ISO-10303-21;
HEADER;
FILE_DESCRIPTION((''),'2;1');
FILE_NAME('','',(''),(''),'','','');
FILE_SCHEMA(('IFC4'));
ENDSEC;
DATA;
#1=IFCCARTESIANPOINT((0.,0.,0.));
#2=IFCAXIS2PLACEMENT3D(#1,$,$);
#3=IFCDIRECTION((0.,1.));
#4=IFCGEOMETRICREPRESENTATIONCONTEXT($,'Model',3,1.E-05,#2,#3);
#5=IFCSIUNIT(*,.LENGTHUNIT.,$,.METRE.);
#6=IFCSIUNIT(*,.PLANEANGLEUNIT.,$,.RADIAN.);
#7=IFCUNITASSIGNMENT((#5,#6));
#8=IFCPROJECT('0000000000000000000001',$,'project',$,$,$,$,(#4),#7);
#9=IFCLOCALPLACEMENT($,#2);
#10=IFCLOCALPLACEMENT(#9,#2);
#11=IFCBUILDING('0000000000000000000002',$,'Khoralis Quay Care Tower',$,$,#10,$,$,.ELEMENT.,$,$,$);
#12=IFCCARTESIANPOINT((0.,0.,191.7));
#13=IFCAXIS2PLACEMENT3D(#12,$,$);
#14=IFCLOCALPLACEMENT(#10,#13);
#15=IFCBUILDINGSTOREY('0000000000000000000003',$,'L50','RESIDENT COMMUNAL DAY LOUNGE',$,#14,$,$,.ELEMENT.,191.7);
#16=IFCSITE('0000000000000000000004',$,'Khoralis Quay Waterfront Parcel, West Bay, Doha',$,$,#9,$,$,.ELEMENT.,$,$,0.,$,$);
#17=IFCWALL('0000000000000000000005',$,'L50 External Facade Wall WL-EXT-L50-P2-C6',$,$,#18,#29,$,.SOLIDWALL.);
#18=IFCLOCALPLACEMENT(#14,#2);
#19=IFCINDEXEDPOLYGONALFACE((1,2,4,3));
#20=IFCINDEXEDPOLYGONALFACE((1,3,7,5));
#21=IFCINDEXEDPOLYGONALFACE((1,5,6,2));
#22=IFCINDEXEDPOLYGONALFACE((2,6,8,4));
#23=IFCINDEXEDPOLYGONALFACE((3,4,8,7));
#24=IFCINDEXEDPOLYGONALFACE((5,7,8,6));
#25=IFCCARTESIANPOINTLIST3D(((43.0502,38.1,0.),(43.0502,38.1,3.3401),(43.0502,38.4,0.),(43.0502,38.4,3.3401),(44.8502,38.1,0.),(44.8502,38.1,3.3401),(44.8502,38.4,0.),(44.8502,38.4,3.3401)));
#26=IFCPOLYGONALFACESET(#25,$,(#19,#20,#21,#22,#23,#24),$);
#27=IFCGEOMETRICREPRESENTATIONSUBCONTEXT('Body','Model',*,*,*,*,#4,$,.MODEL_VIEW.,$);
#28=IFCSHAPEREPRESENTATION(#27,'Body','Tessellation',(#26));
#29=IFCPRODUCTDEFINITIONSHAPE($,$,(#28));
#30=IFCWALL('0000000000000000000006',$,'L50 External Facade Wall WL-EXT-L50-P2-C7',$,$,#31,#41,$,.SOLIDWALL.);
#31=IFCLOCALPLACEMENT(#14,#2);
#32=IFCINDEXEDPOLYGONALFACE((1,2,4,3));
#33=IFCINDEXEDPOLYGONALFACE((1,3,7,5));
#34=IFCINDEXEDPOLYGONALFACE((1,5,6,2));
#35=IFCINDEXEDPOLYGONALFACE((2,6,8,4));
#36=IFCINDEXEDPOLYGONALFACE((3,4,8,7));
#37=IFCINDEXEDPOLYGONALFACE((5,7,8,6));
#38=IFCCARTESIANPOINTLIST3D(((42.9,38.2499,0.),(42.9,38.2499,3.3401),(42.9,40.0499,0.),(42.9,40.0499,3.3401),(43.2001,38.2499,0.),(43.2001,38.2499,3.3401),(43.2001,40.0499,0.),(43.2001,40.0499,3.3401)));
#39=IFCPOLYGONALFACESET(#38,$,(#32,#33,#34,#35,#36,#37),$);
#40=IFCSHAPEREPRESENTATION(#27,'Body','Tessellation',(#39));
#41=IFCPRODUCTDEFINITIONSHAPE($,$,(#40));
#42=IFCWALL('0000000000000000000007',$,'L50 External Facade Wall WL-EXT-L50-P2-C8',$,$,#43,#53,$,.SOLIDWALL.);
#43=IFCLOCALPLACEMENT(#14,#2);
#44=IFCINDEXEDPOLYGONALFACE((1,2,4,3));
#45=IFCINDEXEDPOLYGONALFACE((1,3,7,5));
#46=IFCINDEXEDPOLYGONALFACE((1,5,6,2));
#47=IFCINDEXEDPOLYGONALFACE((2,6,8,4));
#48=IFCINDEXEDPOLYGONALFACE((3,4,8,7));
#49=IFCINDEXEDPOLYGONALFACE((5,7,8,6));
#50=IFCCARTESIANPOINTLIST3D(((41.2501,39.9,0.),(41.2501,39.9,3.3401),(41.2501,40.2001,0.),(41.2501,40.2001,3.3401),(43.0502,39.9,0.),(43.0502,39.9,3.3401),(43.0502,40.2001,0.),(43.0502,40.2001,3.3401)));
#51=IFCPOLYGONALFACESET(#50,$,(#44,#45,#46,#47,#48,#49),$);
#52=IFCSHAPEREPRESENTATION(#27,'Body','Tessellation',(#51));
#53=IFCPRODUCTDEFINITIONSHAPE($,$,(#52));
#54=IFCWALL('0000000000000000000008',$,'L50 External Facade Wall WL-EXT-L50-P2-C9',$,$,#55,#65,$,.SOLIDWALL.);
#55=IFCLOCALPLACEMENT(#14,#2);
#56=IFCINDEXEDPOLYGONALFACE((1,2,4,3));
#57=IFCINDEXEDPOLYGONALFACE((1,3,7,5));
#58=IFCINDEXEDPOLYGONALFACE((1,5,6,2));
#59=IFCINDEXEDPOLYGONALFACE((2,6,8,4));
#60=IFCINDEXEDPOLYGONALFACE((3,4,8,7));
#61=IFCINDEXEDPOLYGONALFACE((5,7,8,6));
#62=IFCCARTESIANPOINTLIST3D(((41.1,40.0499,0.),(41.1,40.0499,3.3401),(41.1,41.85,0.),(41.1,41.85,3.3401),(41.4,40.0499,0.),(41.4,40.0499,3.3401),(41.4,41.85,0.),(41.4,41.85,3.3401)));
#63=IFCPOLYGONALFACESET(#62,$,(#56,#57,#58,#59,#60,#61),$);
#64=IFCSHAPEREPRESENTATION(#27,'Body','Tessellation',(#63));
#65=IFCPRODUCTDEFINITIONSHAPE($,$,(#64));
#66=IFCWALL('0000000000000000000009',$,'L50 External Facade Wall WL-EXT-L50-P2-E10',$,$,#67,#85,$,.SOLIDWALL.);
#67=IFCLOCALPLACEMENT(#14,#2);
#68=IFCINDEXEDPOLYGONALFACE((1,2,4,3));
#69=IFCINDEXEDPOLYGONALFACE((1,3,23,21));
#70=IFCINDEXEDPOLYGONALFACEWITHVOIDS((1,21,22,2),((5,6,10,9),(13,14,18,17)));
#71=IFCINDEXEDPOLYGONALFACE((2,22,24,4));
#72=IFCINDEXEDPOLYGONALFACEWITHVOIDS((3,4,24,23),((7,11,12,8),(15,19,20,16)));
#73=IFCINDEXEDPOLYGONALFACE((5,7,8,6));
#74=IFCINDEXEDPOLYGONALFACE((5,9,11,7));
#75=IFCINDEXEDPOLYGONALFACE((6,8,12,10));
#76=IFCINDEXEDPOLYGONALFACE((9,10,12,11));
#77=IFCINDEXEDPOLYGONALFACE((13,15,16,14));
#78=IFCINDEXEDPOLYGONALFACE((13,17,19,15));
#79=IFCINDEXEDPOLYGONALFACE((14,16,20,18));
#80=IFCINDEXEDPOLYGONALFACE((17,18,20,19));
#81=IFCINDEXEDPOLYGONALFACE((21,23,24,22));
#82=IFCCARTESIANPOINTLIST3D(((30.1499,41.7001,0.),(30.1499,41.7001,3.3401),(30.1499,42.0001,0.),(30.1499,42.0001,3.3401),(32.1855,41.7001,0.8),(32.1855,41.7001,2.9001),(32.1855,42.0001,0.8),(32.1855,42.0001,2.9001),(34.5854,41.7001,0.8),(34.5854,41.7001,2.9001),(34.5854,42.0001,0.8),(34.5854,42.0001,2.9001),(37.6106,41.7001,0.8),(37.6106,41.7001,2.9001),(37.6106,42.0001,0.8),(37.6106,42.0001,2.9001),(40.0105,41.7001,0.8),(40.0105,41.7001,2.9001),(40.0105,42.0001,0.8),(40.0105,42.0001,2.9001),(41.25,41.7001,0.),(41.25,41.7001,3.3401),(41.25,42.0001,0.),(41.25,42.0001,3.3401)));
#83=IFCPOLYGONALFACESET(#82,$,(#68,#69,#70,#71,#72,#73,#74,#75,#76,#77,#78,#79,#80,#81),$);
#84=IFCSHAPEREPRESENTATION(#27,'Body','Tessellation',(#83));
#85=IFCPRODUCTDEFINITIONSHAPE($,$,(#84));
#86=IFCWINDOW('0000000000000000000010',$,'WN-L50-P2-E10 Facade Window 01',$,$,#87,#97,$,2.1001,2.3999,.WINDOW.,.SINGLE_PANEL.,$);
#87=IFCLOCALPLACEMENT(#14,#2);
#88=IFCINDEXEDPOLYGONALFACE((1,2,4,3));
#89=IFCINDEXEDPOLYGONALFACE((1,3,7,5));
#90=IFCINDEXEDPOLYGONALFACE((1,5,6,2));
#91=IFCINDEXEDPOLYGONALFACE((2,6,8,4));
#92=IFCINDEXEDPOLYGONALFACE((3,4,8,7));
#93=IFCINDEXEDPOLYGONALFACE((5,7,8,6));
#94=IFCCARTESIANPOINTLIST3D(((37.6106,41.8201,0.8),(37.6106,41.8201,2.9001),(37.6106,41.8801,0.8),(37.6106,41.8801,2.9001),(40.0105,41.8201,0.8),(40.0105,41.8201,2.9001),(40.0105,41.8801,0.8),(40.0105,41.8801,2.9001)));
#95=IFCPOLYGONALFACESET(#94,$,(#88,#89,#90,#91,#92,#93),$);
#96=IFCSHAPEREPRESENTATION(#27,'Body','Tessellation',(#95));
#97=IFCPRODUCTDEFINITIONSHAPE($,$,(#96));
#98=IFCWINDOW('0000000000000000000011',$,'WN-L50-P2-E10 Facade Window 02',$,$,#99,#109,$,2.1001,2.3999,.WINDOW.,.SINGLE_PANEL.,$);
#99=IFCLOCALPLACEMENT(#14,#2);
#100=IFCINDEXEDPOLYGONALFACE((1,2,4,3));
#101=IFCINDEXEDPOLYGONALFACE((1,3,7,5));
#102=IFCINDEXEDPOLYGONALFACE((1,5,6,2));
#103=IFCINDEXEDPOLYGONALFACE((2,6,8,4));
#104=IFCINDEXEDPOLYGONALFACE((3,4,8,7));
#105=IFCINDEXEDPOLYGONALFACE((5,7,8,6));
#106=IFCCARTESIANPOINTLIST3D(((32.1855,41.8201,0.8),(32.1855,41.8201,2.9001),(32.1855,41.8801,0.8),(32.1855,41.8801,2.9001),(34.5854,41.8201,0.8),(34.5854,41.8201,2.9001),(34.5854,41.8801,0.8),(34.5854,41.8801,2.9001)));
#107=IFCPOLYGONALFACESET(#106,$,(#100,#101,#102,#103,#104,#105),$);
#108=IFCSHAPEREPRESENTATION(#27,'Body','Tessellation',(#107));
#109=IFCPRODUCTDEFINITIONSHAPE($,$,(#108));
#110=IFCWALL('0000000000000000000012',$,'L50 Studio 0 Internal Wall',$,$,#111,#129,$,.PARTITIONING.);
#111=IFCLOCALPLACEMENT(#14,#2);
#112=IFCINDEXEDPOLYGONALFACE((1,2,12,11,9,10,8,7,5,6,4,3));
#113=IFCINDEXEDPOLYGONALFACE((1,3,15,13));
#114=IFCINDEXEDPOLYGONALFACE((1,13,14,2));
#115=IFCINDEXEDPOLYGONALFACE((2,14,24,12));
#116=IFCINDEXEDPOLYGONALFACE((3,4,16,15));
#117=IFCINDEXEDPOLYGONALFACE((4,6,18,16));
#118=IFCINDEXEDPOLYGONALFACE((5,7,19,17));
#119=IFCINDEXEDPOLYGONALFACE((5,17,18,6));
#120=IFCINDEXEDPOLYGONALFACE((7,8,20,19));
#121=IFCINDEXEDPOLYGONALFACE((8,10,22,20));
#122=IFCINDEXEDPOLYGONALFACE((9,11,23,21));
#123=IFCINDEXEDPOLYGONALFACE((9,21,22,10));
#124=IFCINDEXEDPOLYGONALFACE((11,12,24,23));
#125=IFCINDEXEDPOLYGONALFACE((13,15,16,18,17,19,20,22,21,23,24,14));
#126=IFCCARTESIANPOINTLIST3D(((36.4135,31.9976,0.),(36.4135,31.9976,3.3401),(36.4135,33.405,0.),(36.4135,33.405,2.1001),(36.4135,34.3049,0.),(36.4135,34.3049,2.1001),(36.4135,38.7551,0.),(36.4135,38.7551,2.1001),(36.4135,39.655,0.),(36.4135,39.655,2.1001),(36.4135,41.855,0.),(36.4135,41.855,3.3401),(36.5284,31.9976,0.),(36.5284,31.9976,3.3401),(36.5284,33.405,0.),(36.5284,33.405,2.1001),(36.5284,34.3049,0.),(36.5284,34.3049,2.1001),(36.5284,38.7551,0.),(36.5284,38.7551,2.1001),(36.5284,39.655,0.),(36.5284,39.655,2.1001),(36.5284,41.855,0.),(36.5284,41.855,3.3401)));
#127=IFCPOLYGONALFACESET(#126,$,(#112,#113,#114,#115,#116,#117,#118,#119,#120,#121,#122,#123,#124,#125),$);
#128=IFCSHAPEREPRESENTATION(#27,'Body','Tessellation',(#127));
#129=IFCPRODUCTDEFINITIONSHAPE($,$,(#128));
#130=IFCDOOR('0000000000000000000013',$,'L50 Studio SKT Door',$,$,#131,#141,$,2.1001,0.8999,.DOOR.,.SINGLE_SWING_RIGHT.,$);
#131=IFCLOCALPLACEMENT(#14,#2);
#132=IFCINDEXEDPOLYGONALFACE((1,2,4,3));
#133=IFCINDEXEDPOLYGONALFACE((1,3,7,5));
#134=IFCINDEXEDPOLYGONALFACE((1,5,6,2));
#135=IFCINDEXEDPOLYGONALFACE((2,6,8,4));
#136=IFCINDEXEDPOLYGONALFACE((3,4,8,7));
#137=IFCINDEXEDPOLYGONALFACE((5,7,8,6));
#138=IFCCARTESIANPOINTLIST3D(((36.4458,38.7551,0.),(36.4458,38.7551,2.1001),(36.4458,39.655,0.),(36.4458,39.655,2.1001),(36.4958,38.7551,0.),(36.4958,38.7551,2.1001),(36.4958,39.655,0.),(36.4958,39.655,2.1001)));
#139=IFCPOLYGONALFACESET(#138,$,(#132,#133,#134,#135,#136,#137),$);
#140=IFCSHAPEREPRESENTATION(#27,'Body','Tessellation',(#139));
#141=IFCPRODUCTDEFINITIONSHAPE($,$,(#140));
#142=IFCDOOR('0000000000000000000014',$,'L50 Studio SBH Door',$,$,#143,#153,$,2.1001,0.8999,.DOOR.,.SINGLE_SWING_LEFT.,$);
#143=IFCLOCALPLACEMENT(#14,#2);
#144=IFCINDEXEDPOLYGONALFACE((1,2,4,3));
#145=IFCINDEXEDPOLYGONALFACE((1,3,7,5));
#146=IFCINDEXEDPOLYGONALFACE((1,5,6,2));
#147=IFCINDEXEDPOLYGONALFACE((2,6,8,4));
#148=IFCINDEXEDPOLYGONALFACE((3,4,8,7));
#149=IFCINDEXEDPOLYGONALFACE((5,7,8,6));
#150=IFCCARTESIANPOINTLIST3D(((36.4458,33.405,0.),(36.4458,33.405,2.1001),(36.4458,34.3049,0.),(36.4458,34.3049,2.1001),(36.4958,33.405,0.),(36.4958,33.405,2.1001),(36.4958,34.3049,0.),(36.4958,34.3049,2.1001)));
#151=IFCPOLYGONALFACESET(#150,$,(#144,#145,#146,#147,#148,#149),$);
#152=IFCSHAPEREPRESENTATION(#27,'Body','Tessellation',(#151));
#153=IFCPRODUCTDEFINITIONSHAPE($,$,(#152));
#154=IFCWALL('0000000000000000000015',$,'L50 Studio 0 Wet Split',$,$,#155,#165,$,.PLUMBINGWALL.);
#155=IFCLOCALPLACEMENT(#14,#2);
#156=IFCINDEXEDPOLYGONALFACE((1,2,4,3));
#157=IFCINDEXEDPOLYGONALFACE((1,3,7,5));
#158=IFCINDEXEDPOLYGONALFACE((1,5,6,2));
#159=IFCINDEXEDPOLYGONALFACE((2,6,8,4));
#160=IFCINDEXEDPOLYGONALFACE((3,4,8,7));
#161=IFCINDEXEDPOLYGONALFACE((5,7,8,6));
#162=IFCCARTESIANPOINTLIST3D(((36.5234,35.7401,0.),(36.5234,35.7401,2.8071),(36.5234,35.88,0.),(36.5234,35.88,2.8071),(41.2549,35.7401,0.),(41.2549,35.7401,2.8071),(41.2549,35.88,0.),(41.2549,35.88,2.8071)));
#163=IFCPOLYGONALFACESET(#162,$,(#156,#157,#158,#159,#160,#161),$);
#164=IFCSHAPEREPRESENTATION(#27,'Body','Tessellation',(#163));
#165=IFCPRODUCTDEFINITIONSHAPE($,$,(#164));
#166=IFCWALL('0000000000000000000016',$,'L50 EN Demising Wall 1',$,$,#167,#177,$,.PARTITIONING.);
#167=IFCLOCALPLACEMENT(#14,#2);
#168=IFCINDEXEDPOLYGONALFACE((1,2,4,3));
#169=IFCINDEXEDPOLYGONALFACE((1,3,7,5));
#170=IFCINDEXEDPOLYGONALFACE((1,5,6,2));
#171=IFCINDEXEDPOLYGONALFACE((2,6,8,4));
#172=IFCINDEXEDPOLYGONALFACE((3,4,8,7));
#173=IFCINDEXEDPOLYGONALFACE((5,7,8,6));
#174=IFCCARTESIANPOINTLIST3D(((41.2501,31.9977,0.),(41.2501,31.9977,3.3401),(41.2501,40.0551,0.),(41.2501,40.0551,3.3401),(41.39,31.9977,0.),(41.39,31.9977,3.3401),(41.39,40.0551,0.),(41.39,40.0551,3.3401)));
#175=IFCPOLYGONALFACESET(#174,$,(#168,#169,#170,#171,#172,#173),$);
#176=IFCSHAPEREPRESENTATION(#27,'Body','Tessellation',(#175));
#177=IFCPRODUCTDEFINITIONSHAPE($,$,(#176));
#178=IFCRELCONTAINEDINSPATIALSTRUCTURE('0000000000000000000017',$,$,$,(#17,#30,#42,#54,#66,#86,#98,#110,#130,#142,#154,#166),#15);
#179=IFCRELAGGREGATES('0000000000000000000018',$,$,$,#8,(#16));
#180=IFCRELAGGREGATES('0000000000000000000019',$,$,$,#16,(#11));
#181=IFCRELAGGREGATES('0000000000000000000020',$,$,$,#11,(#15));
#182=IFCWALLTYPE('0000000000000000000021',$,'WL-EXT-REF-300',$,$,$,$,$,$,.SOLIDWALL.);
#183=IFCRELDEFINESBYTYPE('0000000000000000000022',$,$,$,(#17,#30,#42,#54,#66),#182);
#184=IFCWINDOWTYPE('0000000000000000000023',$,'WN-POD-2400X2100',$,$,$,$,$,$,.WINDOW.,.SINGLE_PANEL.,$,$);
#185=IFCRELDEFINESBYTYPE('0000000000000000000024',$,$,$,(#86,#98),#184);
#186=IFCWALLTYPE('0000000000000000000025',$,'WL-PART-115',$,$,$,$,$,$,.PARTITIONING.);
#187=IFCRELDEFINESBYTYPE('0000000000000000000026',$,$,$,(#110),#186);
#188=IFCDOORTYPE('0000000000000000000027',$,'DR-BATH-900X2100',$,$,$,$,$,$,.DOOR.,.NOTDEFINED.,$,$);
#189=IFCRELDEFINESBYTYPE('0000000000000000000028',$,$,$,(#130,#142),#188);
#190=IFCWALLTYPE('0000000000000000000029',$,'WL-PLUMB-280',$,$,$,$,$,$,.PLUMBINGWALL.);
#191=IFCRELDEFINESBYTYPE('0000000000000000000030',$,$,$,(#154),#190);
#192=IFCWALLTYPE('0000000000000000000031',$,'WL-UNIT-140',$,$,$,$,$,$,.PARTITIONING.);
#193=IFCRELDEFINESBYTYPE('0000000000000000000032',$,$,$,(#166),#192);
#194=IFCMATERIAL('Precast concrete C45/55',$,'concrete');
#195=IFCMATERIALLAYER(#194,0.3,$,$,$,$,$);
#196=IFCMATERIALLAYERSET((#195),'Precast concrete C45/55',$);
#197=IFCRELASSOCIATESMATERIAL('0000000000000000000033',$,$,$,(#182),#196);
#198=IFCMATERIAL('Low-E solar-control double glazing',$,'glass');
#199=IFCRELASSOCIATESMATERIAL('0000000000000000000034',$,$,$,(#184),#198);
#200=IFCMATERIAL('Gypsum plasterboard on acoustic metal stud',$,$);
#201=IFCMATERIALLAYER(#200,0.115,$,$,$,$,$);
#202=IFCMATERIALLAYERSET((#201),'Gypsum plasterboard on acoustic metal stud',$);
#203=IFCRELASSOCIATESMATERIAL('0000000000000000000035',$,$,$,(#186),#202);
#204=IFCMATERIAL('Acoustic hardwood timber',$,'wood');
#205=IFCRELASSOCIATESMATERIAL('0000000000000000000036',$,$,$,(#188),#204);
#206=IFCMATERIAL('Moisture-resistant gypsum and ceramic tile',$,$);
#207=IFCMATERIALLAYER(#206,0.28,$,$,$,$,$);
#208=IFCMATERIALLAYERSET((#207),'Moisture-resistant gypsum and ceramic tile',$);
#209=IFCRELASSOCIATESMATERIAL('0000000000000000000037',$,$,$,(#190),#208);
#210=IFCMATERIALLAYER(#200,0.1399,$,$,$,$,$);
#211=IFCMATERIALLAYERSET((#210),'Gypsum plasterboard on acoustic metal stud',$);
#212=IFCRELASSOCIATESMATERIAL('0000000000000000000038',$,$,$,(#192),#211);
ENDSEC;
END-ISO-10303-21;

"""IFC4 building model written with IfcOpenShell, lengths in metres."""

from ifc_helpers import new_model, si_unit, direction, frame, frame_2d, origin, place, context, subcontext, project, spatial, rectangle, extrude, source, transform, mapped, material, layer, layer_set, type_object, element, fill, save


model = new_model("IFC4")

# Units and contexts
model_context = context("Model", 3, precision=1e-05, world=origin(), true_north=direction((0.0, 1.0)))
body_context = subcontext(model_context, "Body", "Model", "MODEL_VIEW")
ifc_project = project(units=[si_unit("LENGTHUNIT", "METRE"), si_unit("PLANEANGLEUNIT", "RADIAN")], contexts=[model_context])

# Site, building, storey
site_placement = place(None, origin())
site = spatial("IfcSite", under=ifc_project, at=site_placement, Name="Khoralis Quay Waterfront Parcel, West Bay, Doha", CompositionType="ELEMENT", RefElevation=0.0)
building_placement = place(site_placement, origin())
building = spatial("IfcBuilding", under=site, at=building_placement, Name="Khoralis Quay Care Tower", CompositionType="ELEMENT")
storey_placement = place(building_placement, frame((0.0, 0.0, 191.7)))
storey = spatial("IfcBuildingStorey", under=building, at=storey_placement, Name="L50", Description="RESIDENT COMMUNAL DAY LOUNGE", CompositionType="ELEMENT", Elevation=191.7)

# Shared definitions
ifc_material_1 = material(Name="Gypsum plasterboard on acoustic metal stud")

# Walls
ifc_material_2 = material(Name="Precast concrete C45/55", Category="concrete")
ifc_layer_1 = layer(ifc_material_2, 0.3)
ifc_layer_set_1 = layer_set([ifc_layer_1], Name="Precast concrete C45/55")
wall_type_1 = type_object("IfcWallType", Name="WL-EXT-REF-300", PredefinedType="SOLIDWALL", material=ifc_layer_set_1)
for number, where, z_axis, x_axis, name in (
    (1, (44.8501, 38.25, 0.0), (0.0, 0.0, 1.0), (-1.0, 0.0, 0.0), "L50 External Facade Wall WL-EXT-L50-P2-C6"),
    (2, (43.05, 38.25, 0.0), (0.0, 0.0, 1.0), (0.0, 1.0, 0.0), "L50 External Facade Wall WL-EXT-L50-P2-C7"),
    (3, (43.05, 40.05, 0.0), (0.0, 0.0, 1.0), (-1.0, 0.0, 0.0), "L50 External Facade Wall WL-EXT-L50-P2-C8"),
    (4, (41.25, 40.05, 0.0), (0.0, 0.0, 1.0), (0.0, 1.0, 0.0), "L50 External Facade Wall WL-EXT-L50-P2-C9"),
):
    element("IfcWall", number, at=place(storey_placement, frame(where, z_axis=z_axis, x_axis=x_axis)), inside=storey, type_object=wall_type_1, Name=name, PredefinedType="SOLIDWALL", context=body_context, shape_type="SweptSolid", body=[
        extrude(rectangle(XDim=1.8, YDim=0.3, at=frame_2d((0.8999, 0.0))), origin(), (0.0, 0.0, 1.0), 3.3401),
    ])

# Wall, openings, windows
wall_1_placement = place(storey_placement, frame((41.25, 41.8501, 0.0), z_axis=(0.0, 0.0, 1.0), x_axis=(-1.0, 0.0, 0.0)))
wall_1 = element("IfcWall", 5, at=wall_1_placement, inside=storey, type_object=wall_type_1, Name="L50 External Facade Wall WL-EXT-L50-P2-E10", PredefinedType="SOLIDWALL", context=body_context, shape_type="SweptSolid", body=[
    extrude(rectangle(XDim=11.1001, YDim=0.3, at=frame_2d((5.55, 0.0))), origin(), (0.0, 0.0, 1.0), 3.3401),
])
opening_1_placement = place(wall_1_placement, frame((1.2395, 0.0, 0.8)))
opening_1 = element("IfcOpeningElement", 6, at=opening_1_placement, cuts=wall_1, PredefinedType="OPENING", context=body_context, shape_type="SweptSolid", body=[
    extrude(rectangle(XDim=2.3999, YDim=2.1001, at=frame_2d((1.2, 1.05))), frame((0.0, 0.1602, 0.0), z_axis=(0.0, -1.0, 0.0), x_axis=(1.0, 0.0, 0.0)), (0.0, 0.0, 1.0), 0.3201),
])
opening_2_placement = place(wall_1_placement, frame((6.6646, 0.0, 0.8)))
opening_2 = element("IfcOpeningElement", 7, at=opening_2_placement, cuts=wall_1, PredefinedType="OPENING", context=body_context, shape_type="SweptSolid", body=[
    extrude(rectangle(XDim=2.3999, YDim=2.1001, at=frame_2d((1.2, 1.05))), frame((0.0, 0.1602, 0.0), z_axis=(0.0, -1.0, 0.0), x_axis=(1.0, 0.0, 0.0)), (0.0, 0.0, 1.0), 0.3201),
])
ifc_material_3 = material(Name="Low-E solar-control double glazing", Category="glass")
window_type = type_object("IfcWindowType", Name="WN-POD-2400X2100", PartitioningType="SINGLE_PANEL", PredefinedType="WINDOW", material=ifc_material_3)
shared_shape_1 = source(origin(), body_context, "Body", "SweptSolid", [
    extrude(rectangle(XDim=2.3999, YDim=2.1001, at=frame_2d((1.2, 1.05))), frame((0.0, 0.03, 0.0), z_axis=(0.0, -1.0, 0.0), x_axis=(1.0, 0.0, 0.0)), (0.0, 0.0, 1.0), 0.0601),
])
window_1_placement = place(opening_1_placement, origin())
window_1 = element("IfcWindow", 8, at=window_1_placement, inside=storey, type_object=window_type, Name="WN-L50-P2-E10 Facade Window 01", OverallHeight=2.1001, OverallWidth=2.3999, PartitioningType="SINGLE_PANEL", PredefinedType="WINDOW", context=body_context, shape_type="MappedRepresentation", body=[
    mapped(shared_shape_1, transform((0.0, 0.0, 0.0), scale=1.0)),
])
fill(opening_1, window_1)
window_2_placement = place(opening_2_placement, origin())
window_2 = element("IfcWindow", 9, at=window_2_placement, inside=storey, type_object=window_type, Name="WN-L50-P2-E10 Facade Window 02", OverallHeight=2.1001, OverallWidth=2.3999, PartitioningType="SINGLE_PANEL", PredefinedType="WINDOW", context=body_context, shape_type="MappedRepresentation", body=[
    mapped(shared_shape_1, transform((0.0, 0.0, 0.0), scale=1.0)),
])
fill(opening_2, window_2)

# Wall, openings, doors
ifc_layer_2 = layer(ifc_material_1, 0.115)
ifc_layer_set_2 = layer_set([ifc_layer_2], Name="Gypsum plasterboard on acoustic metal stud")
wall_type_2 = type_object("IfcWallType", Name="WL-PART-115", PredefinedType="PARTITIONING", material=ifc_layer_set_2)
wall_2_placement = place(storey_placement, frame((36.4709, 31.9976, 0.0), z_axis=(0.0, 0.0, 1.0), x_axis=(0.0, 1.0, 0.0)))
wall_2 = element("IfcWall", 10, at=wall_2_placement, inside=storey, type_object=wall_type_2, Name="L50 Studio 0 Internal Wall", PredefinedType="PARTITIONING", context=body_context, shape_type="SweptSolid", body=[
    extrude(rectangle(XDim=9.8574, YDim=0.115, at=frame_2d((4.9287, 0.0))), origin(), (0.0, 0.0, 1.0), 3.3401),
])
opening_3_placement = place(wall_2_placement, frame((6.7576, 0.0, 0.0)))
opening_3 = element("IfcOpeningElement", 11, at=opening_3_placement, cuts=wall_2, PredefinedType="OPENING", context=body_context, shape_type="SweptSolid", body=[
    extrude(rectangle(XDim=0.8999, YDim=2.1001, at=frame_2d((0.45, 1.05))), frame((0.0, 0.0674, 0.0), z_axis=(0.0, -1.0, 0.0), x_axis=(1.0, 0.0, 0.0)), (0.0, 0.0, 1.0), 0.135),
])
opening_4_placement = place(wall_2_placement, frame((1.4075, 0.0, 0.0)))
opening_4 = element("IfcOpeningElement", 12, at=opening_4_placement, cuts=wall_2, PredefinedType="OPENING", context=body_context, shape_type="SweptSolid", body=[
    extrude(rectangle(XDim=0.8999, YDim=2.1001, at=frame_2d((0.45, 1.05))), frame((0.0, 0.0674, 0.0), z_axis=(0.0, -1.0, 0.0), x_axis=(1.0, 0.0, 0.0)), (0.0, 0.0, 1.0), 0.135),
])
ifc_material_4 = material(Name="Acoustic hardwood timber", Category="wood")
door_type_1 = type_object("IfcDoorType", Name="DR-BATH-900X2100", OperationType="NOTDEFINED", PredefinedType="DOOR", material=ifc_material_4)
shared_shape_2 = source(origin(), body_context, "Body", "SweptSolid", [
    extrude(rectangle(XDim=0.8999, YDim=2.1001, at=frame_2d((0.45, 1.05))), frame((0.0, 0.0249, 0.0), z_axis=(0.0, -1.0, 0.0), x_axis=(1.0, 0.0, 0.0)), (0.0, 0.0, 1.0), 0.05),
])
door_1_placement = place(opening_3_placement, frame((0.8999, 0.0, 0.0), z_axis=(0.0, 0.0, 1.0), x_axis=(-1.0, 0.0, 0.0)))
door_1 = element("IfcDoor", 13, at=door_1_placement, inside=storey, type_object=door_type_1, Name="L50 Studio SKT Door", OperationType="SINGLE_SWING_RIGHT", OverallHeight=2.1001, OverallWidth=0.8999, PredefinedType="DOOR", context=body_context, shape_type="MappedRepresentation", body=[
    mapped(shared_shape_2, transform((0.0, 0.0, 0.0), scale=1.0)),
])
fill(opening_3, door_1)
door_2_placement = place(opening_4_placement, frame((0.8999, 0.0, 0.0), z_axis=(0.0, 0.0, 1.0), x_axis=(-1.0, 0.0, 0.0)))
door_2 = element("IfcDoor", 14, at=door_2_placement, inside=storey, type_object=door_type_1, Name="L50 Studio SBH Door", OperationType="SINGLE_SWING_LEFT", OverallHeight=2.1001, OverallWidth=0.8999, PredefinedType="DOOR", context=body_context, shape_type="MappedRepresentation", body=[
    mapped(shared_shape_2, transform((0.0, 0.0, 0.0), scale=1.0)),
])
fill(opening_4, door_2)

# Walls
ifc_material_5 = material(Name="Moisture-resistant gypsum and ceramic tile")
ifc_layer_3 = layer(ifc_material_5, 0.28)
ifc_layer_set_3 = layer_set([ifc_layer_3], Name="Moisture-resistant gypsum and ceramic tile")
wall_type_3 = type_object("IfcWallType", Name="WL-PLUMB-280", PredefinedType="PLUMBINGWALL", material=ifc_layer_set_3)
wall_3_placement = place(storey_placement, frame((36.5234, 35.8101, 0.0), z_axis=(0.0, 0.0, 1.0), x_axis=(1.0, 0.0, 0.0)))
element("IfcWall", 15, at=wall_3_placement, inside=storey, type_object=wall_type_3, Name="L50 Studio 0 Wet Split", PredefinedType="PLUMBINGWALL", context=body_context, shape_type="SweptSolid", body=[
    extrude(rectangle(XDim=4.7314, YDim=0.1399, at=frame_2d((2.3657, 0.0))), origin(), (0.0, 0.0, 1.0), 2.8071),
])
ifc_layer_4 = layer(ifc_material_1, 0.1399)
ifc_layer_set_4 = layer_set([ifc_layer_4], Name="Gypsum plasterboard on acoustic metal stud")
wall_type_4 = type_object("IfcWallType", Name="WL-UNIT-140", PredefinedType="PARTITIONING", material=ifc_layer_set_4)
wall_4_placement = place(storey_placement, frame((41.3201, 31.9976, 0.0), z_axis=(0.0, 0.0, 1.0), x_axis=(0.0, 1.0, 0.0)))
element("IfcWall", 16, at=wall_4_placement, inside=storey, type_object=wall_type_4, Name="L50 EN Demising Wall 1", PredefinedType="PARTITIONING", context=body_context, shape_type="SweptSolid", body=[
    extrude(rectangle(XDim=8.0574, YDim=0.1399, at=frame_2d((4.0288, 0.0))), origin(), (0.0, 0.0, 1.0), 3.3401),
])

save(model, "model.ifc")
